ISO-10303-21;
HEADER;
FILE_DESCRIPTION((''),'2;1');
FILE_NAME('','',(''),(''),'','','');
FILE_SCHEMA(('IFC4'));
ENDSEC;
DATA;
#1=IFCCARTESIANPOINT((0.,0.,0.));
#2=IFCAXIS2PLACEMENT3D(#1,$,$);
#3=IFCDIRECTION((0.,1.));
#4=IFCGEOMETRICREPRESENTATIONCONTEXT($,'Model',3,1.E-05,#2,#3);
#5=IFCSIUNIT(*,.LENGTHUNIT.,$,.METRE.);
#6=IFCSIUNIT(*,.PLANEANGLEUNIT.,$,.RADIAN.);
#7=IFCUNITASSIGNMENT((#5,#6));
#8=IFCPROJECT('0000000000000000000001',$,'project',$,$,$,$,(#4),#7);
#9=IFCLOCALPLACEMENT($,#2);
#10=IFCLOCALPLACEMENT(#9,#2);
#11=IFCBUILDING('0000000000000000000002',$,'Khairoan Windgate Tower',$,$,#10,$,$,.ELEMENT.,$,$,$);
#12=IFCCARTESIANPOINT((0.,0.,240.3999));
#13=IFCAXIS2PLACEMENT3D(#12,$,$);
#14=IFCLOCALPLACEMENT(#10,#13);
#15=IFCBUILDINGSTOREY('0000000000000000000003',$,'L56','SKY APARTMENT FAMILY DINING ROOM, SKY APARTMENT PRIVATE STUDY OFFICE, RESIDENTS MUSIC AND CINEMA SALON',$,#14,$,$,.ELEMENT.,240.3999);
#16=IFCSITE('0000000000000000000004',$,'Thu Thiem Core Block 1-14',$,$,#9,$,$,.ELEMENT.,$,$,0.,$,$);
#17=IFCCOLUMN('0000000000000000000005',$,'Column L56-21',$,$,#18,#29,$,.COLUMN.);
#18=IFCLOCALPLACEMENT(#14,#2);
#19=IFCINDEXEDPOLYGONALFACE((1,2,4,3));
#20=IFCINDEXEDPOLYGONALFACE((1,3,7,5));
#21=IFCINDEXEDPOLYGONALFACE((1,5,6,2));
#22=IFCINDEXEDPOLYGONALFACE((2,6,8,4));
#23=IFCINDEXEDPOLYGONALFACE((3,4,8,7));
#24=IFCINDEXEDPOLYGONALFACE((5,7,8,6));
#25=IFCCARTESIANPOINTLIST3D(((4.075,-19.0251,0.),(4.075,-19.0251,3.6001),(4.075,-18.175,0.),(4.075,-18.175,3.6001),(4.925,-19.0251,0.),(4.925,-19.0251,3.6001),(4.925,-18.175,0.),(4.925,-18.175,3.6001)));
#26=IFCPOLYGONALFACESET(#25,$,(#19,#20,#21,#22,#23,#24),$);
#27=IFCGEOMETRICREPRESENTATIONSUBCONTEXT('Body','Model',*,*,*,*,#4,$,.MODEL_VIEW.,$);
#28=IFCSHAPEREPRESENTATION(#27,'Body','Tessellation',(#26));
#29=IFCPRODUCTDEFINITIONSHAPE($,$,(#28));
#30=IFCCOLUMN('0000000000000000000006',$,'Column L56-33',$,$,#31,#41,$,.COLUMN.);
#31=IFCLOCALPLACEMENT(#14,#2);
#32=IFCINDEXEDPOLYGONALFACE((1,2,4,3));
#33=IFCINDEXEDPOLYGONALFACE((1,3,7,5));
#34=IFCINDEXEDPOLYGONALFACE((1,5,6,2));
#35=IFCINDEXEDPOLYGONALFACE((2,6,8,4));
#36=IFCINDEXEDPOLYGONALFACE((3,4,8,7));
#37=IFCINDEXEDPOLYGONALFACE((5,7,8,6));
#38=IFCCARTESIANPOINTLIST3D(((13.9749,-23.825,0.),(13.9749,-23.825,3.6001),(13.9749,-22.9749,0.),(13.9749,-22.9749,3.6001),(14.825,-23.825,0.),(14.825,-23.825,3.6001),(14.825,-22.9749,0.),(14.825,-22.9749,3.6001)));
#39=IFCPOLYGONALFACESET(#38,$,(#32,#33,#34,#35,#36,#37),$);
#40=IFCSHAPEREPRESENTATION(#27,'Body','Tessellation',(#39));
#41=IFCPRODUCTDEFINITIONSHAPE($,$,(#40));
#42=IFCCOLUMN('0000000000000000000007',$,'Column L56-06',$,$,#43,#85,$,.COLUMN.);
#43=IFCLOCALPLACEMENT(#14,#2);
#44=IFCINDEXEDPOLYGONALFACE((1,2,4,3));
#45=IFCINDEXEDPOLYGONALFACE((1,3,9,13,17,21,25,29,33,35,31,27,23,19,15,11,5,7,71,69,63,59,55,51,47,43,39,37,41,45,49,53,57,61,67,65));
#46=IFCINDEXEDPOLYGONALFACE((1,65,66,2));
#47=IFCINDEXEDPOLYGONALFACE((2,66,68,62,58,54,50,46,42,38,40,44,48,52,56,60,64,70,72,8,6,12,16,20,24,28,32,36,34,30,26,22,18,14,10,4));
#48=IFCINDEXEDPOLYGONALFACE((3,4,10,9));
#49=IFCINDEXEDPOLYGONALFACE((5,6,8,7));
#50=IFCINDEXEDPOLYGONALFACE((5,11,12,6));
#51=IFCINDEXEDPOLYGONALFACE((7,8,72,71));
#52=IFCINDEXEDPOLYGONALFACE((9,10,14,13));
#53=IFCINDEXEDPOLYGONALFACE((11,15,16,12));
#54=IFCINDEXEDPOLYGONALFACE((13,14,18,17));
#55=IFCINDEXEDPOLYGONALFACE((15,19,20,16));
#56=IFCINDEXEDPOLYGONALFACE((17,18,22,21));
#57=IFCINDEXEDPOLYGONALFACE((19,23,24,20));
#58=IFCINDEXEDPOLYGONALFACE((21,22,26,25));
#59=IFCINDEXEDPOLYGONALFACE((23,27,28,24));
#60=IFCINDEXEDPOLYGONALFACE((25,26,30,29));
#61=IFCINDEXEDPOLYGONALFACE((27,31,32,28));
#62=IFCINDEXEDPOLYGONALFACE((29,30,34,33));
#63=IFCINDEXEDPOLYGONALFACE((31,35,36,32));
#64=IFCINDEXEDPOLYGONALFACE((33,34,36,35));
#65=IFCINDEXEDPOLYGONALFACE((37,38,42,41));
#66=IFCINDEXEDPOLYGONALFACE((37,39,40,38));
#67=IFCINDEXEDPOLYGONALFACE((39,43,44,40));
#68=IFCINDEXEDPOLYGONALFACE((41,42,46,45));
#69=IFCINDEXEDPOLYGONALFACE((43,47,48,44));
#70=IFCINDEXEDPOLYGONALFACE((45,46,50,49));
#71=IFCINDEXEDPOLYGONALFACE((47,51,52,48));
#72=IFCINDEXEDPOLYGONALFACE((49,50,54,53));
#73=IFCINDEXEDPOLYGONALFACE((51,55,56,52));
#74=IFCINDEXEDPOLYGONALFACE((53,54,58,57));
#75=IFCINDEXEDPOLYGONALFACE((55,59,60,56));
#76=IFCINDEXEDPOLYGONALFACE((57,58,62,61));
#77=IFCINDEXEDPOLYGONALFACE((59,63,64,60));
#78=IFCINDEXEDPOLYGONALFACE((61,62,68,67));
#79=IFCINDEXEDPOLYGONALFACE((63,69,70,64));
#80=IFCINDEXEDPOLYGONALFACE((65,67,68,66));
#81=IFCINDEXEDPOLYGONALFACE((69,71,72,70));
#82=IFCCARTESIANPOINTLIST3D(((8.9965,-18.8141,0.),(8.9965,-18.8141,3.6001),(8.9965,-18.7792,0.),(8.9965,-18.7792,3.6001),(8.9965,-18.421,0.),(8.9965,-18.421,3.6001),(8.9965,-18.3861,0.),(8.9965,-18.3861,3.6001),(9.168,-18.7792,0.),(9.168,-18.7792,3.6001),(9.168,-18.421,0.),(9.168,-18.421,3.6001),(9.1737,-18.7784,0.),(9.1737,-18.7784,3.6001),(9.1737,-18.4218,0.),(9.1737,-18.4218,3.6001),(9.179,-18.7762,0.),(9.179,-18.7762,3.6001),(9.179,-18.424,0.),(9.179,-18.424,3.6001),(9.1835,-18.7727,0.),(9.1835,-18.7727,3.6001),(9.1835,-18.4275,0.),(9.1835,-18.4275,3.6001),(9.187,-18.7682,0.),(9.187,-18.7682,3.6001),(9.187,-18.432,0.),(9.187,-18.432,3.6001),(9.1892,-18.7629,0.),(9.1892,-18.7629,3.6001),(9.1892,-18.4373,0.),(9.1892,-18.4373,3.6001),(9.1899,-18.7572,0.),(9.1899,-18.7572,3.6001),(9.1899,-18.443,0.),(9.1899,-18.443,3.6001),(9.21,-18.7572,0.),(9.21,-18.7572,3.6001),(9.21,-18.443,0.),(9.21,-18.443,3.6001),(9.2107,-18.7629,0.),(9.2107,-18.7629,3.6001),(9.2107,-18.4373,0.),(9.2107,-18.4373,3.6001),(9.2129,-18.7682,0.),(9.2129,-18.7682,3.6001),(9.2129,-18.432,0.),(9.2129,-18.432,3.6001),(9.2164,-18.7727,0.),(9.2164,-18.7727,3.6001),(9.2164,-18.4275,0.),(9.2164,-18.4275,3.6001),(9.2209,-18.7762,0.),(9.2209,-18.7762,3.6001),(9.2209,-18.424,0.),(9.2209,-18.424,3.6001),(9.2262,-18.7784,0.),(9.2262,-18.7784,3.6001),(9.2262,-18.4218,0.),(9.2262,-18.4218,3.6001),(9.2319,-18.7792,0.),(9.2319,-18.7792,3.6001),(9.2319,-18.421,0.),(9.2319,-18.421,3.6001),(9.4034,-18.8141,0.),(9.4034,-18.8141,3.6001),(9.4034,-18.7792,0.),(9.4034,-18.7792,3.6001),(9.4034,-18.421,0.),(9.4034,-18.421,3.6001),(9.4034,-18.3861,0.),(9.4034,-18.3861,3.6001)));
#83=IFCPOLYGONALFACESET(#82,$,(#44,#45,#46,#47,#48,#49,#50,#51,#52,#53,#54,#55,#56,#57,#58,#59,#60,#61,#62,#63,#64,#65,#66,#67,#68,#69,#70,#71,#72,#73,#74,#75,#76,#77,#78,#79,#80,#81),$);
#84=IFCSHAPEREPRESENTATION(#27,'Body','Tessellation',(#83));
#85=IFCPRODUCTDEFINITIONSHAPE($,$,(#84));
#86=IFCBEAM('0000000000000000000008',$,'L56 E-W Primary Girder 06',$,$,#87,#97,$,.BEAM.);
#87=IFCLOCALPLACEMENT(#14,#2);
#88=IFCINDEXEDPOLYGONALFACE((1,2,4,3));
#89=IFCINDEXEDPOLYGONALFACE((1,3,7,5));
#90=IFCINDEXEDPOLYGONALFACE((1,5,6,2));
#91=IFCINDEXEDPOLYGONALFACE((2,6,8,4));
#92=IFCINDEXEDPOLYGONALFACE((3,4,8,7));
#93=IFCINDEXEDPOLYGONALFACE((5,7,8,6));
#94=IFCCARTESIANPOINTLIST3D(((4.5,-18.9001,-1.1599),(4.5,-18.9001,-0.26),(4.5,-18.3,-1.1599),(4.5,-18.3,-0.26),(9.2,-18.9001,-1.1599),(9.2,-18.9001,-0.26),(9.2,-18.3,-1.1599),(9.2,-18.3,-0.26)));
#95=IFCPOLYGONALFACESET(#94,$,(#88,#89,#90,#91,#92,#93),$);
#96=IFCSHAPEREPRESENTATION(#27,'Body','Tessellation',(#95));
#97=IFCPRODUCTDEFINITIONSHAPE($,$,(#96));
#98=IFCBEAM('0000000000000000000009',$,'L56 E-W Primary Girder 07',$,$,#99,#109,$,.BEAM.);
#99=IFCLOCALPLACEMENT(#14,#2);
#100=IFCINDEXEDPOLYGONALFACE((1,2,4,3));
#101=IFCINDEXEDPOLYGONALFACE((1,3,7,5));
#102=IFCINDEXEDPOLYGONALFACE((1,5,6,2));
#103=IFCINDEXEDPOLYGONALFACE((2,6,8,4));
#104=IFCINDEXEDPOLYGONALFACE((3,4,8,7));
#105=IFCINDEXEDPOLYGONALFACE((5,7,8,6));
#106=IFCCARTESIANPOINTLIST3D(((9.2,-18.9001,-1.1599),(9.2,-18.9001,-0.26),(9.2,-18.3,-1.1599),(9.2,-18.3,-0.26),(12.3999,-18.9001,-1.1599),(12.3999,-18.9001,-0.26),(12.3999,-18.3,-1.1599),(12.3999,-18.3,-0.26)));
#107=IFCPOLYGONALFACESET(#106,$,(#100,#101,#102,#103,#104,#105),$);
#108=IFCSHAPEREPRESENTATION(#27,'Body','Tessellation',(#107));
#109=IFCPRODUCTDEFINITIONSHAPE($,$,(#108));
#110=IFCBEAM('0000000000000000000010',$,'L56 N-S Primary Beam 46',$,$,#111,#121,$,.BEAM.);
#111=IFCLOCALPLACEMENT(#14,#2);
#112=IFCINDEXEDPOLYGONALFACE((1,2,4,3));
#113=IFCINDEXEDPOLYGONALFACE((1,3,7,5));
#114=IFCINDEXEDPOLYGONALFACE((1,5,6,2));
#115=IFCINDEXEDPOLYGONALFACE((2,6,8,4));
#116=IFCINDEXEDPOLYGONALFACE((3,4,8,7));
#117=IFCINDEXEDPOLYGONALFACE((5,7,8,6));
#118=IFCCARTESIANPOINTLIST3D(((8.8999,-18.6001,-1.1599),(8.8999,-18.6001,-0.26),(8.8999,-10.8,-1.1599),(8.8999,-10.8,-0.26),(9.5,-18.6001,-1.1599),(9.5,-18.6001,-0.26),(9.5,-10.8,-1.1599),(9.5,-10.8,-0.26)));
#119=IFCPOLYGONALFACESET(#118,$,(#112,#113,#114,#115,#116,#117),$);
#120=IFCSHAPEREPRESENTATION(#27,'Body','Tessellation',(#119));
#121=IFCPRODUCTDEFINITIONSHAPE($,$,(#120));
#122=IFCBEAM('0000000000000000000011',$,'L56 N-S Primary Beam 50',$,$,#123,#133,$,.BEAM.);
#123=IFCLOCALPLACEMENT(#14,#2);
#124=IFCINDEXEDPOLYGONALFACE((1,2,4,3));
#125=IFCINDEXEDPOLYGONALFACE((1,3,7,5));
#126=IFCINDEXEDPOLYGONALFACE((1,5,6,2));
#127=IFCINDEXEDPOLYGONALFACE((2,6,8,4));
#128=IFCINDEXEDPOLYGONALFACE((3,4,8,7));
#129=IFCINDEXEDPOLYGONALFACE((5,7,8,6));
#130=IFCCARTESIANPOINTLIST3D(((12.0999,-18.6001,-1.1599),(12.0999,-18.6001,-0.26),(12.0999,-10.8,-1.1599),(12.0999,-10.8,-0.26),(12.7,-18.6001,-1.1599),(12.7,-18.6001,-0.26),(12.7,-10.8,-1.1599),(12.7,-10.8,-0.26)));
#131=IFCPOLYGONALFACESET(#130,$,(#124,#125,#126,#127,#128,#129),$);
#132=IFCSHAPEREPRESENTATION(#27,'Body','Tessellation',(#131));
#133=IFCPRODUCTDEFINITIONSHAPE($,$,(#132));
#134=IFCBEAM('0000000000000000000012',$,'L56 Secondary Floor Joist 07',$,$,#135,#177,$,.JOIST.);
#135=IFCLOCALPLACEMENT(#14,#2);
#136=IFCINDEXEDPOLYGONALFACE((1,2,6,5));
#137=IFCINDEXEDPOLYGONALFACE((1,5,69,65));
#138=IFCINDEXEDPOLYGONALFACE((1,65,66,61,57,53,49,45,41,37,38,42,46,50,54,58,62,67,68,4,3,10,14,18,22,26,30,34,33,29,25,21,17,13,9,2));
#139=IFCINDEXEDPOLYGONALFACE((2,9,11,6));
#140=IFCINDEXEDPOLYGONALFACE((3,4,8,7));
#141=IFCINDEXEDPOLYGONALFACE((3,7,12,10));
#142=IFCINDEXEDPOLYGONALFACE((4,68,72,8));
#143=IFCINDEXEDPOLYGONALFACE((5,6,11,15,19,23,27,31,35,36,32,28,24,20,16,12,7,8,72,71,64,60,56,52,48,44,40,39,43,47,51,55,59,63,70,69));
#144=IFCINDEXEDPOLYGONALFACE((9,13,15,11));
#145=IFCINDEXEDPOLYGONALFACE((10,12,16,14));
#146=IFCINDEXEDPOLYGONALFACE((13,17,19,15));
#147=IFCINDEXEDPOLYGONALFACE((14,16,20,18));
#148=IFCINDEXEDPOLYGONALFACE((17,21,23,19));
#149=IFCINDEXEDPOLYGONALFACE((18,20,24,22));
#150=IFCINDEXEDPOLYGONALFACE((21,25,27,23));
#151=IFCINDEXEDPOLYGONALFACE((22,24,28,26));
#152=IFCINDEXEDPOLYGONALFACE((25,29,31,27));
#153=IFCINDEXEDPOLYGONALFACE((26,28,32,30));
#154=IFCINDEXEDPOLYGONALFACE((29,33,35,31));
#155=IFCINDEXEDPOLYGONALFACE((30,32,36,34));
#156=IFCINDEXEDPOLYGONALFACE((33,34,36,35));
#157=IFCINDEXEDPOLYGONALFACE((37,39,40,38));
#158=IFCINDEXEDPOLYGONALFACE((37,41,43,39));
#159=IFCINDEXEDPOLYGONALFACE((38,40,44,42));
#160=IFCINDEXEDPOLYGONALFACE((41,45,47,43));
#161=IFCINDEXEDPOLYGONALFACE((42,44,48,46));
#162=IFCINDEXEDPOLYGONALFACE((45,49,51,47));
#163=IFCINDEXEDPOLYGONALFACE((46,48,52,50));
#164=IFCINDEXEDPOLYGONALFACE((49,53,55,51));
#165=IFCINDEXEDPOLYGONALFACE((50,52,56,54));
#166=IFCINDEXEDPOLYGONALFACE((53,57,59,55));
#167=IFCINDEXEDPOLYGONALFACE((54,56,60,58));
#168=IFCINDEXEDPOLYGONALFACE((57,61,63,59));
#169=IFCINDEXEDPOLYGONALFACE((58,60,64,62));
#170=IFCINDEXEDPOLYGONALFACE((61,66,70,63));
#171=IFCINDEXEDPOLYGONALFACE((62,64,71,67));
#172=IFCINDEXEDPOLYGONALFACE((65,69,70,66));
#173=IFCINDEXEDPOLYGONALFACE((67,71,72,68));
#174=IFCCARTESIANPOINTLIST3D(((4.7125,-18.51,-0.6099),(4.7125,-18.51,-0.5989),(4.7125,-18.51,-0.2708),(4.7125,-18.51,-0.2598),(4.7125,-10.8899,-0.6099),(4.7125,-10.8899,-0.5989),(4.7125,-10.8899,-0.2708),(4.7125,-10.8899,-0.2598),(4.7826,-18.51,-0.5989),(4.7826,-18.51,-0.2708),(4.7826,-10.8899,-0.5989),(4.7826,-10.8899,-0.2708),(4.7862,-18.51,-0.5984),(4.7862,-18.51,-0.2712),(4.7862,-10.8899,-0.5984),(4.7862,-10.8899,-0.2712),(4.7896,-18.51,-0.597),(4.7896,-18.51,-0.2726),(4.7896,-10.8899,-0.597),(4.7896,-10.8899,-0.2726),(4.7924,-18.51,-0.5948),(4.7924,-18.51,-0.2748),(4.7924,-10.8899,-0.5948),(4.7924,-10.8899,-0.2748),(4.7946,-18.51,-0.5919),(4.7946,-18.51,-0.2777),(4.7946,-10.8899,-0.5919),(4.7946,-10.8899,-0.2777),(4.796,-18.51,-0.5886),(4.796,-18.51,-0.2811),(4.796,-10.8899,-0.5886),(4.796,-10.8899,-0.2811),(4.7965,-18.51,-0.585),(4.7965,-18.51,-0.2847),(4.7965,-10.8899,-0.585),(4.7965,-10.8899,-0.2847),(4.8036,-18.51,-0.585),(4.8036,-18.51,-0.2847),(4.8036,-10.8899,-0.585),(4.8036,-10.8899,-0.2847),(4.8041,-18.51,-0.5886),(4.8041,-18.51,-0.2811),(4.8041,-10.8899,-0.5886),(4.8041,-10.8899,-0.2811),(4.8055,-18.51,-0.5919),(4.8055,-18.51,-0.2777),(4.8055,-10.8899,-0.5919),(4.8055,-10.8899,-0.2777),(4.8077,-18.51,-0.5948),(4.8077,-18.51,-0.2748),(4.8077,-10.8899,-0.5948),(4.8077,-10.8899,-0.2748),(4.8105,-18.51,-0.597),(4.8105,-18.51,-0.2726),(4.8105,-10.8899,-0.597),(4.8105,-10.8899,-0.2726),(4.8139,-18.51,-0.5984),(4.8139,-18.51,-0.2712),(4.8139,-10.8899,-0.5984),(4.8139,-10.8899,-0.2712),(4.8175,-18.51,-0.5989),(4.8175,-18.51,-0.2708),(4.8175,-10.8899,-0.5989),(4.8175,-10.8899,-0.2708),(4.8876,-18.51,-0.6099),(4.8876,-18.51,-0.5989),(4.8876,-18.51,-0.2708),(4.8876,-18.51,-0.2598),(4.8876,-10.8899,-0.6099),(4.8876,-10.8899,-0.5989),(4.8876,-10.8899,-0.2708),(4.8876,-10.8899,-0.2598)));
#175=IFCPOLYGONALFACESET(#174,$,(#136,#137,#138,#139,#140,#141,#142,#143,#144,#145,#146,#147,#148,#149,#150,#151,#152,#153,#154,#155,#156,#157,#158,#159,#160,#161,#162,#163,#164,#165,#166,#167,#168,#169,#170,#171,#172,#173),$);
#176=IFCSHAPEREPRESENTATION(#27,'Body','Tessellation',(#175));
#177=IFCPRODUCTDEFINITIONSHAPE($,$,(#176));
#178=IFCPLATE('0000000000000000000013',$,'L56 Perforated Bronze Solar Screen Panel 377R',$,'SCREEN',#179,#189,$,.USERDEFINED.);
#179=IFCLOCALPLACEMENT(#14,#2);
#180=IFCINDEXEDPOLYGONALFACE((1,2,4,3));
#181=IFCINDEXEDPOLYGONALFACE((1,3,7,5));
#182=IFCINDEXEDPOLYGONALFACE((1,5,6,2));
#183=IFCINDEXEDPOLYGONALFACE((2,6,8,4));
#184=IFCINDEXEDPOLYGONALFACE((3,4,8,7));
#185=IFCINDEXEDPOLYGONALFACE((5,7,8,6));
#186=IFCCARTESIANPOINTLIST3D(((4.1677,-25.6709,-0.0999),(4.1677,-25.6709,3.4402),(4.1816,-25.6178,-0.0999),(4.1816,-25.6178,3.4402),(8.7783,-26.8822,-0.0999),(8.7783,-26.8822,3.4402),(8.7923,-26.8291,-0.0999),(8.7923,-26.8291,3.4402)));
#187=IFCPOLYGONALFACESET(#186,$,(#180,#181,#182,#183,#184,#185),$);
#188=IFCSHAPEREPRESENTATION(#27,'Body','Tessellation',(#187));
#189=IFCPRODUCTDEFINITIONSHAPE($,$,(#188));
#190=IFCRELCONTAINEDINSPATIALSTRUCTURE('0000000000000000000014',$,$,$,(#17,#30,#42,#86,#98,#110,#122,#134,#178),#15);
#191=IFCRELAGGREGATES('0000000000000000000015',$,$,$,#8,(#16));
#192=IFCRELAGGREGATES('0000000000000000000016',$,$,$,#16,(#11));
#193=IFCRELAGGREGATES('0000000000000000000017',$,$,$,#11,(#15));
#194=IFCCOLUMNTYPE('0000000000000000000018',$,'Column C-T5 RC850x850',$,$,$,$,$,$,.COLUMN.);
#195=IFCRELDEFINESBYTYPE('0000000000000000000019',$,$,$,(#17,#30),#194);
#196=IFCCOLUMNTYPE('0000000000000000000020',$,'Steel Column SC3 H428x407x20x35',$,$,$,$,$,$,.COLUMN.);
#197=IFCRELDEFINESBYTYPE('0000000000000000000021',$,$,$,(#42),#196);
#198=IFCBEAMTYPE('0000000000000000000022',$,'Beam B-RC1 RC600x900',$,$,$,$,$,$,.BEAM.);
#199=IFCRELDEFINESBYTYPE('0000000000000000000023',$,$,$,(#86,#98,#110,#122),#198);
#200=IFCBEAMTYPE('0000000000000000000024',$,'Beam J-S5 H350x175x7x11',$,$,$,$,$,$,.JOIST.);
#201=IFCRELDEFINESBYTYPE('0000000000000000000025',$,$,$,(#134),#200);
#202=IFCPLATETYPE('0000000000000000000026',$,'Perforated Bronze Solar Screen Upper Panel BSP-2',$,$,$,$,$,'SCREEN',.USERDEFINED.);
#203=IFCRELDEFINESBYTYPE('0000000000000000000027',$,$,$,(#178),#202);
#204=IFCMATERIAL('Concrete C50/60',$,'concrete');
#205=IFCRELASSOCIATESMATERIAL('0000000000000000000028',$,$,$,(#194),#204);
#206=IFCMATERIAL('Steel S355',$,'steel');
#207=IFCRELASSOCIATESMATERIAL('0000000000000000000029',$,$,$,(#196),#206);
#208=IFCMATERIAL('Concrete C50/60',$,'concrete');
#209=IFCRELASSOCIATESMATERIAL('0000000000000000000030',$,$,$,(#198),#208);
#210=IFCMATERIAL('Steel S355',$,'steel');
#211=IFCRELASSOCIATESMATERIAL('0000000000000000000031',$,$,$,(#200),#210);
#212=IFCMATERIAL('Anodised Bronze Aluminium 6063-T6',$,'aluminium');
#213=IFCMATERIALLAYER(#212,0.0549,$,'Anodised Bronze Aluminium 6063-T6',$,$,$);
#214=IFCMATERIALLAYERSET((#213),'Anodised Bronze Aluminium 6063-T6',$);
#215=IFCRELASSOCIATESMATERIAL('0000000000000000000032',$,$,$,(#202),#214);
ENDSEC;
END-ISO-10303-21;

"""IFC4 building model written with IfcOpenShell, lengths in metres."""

from ifc_helpers import new_model, si_unit, direction, frame, origin, origin_2d, place, context, subcontext, project, spatial, rectangle, i_section, extrude, material, layer, layer_set, material_profile, profile_set, type_object, element, save


model = new_model("IFC4")

# Units and contexts
model_context = context("Model", 3, precision=1e-05, world=origin(), true_north=direction((0.0, 1.0)))
body_context = subcontext(model_context, "Body", "Model", "MODEL_VIEW")
ifc_project = project(units=[si_unit("LENGTHUNIT", "METRE"), si_unit("PLANEANGLEUNIT", "RADIAN")], contexts=[model_context])

# Site, building, storey
site_placement = place(None, origin())
site = spatial("IfcSite", under=ifc_project, at=site_placement, Name="Thu Thiem Core Block 1-14", CompositionType="ELEMENT", RefElevation=0.0)
building_placement = place(site_placement, origin())
building = spatial("IfcBuilding", under=site, at=building_placement, Name="Khairoan Windgate Tower", CompositionType="ELEMENT")
storey_placement = place(building_placement, frame((0.0, 0.0, 240.3999)))
storey = spatial("IfcBuildingStorey", under=building, at=storey_placement, Name="L56", Description="SKY APARTMENT FAMILY DINING ROOM, SKY APARTMENT PRIVATE STUDY OFFICE, RESIDENTS MUSIC AND CINEMA SALON", CompositionType="ELEMENT", Elevation=240.3999)

# Columns
ifc_material_1 = material(Name="Concrete C50/60", Category="concrete")
ifc_material_profile_1 = material_profile(ifc_material_1, rectangle(XDim=0.8501, YDim=0.8501, at=origin_2d()))
ifc_profile_set_1 = profile_set([ifc_material_profile_1], Name="Concrete C50/60")
column_type_1 = type_object("IfcColumnType", Name="Column C-T5 RC850x850", PredefinedType="COLUMN", material=ifc_profile_set_1)
for number, where, z_axis, x_axis, name in (
    (1, (4.5, -18.6001, 0.0), (0.0, 0.0, 1.0), (1.0, 0.0, 0.0), "Column L56-21"),
    (2, (14.3999, -23.3999, 0.0), (0.0, 0.0, 1.0), (1.0, 0.0, 0.0), "Column L56-33"),
):
    element("IfcColumn", number, at=place(storey_placement, frame(where, z_axis=z_axis, x_axis=x_axis)), inside=storey, type_object=column_type_1, Name=name, PredefinedType="COLUMN", context=body_context, shape_type="SweptSolid", body=[
        extrude(rectangle(XDim=0.8501, YDim=0.8501, at=origin_2d()), origin(), (0.0, 0.0, 1.0), 3.6001),
    ])
ifc_material_2 = material(Name="Steel S355", Category="steel")
ifc_material_profile_2 = material_profile(ifc_material_2, i_section(OverallWidth=0.407, OverallDepth=0.428, WebThickness=0.02, FlangeThickness=0.0349, FilletRadius=0.022, at=origin_2d()))
ifc_profile_set_2 = profile_set([ifc_material_profile_2], Name="Steel S355")
column_type_2 = type_object("IfcColumnType", Name="Steel Column SC3 H428x407x20x35", PredefinedType="COLUMN", material=ifc_profile_set_2)
column_placement = place(storey_placement, frame((9.2, -18.6001, 0.0), z_axis=(0.0, 0.0, 1.0), x_axis=(1.0, 0.0, 0.0)))
element("IfcColumn", 3, at=column_placement, inside=storey, type_object=column_type_2, Name="Column L56-06", PredefinedType="COLUMN", context=body_context, shape_type="SweptSolid", body=[
    extrude(i_section(OverallWidth=0.407, OverallDepth=0.428, WebThickness=0.02, FlangeThickness=0.0349, FilletRadius=0.022, at=origin_2d()), origin(), (0.0, 0.0, 1.0), 3.6001),
])

# Beams
ifc_material_3 = material(Name="Concrete C50/60", Category="concrete")
ifc_material_profile_3 = material_profile(ifc_material_3, rectangle(XDim=0.6001, YDim=0.8999, at=origin_2d()))
ifc_profile_set_3 = profile_set([ifc_material_profile_3], Name="Concrete C50/60")
beam_type_1 = type_object("IfcBeamType", Name="Beam B-RC1 RC600x900", PredefinedType="BEAM", material=ifc_profile_set_3)
beam_1_placement = place(storey_placement, frame((4.5, -18.6001, -0.71), z_axis=(1.0, 0.0, 0.0), x_axis=(0.0, 1.0, 0.0)))
element("IfcBeam", 4, at=beam_1_placement, inside=storey, type_object=beam_type_1, Name="L56 E-W Primary Girder 06", PredefinedType="BEAM", context=body_context, shape_type="SweptSolid", body=[
    extrude(rectangle(XDim=0.6001, YDim=0.8999, at=origin_2d()), origin(), (0.0, 0.0, 1.0), 4.7),
])
beam_2_placement = place(storey_placement, frame((9.2, -18.6001, -0.71), z_axis=(1.0, 0.0, 0.0), x_axis=(0.0, 1.0, 0.0)))
element("IfcBeam", 5, at=beam_2_placement, inside=storey, type_object=beam_type_1, Name="L56 E-W Primary Girder 07", PredefinedType="BEAM", context=body_context, shape_type="SweptSolid", body=[
    extrude(rectangle(XDim=0.6001, YDim=0.8999, at=origin_2d()), origin(), (0.0, 0.0, 1.0), 3.2),
])
for number, where, z_axis, x_axis, name in (
    (6, (9.2, -18.6001, -0.71), (0.0, 1.0, 0.0), (-1.0, 0.0, 0.0), "L56 N-S Primary Beam 46"),
    (7, (12.3999, -18.6001, -0.71), (0.0, 1.0, 0.0), (-1.0, 0.0, 0.0), "L56 N-S Primary Beam 50"),
):
    element("IfcBeam", number, at=place(storey_placement, frame(where, z_axis=z_axis, x_axis=x_axis)), inside=storey, type_object=beam_type_1, Name=name, PredefinedType="BEAM", context=body_context, shape_type="SweptSolid", body=[
        extrude(rectangle(XDim=0.6001, YDim=0.8999, at=origin_2d()), origin(), (0.0, 0.0, 1.0), 7.8),
    ])
ifc_material_4 = material(Name="Steel S355", Category="steel")
ifc_material_profile_4 = material_profile(ifc_material_4, i_section(OverallWidth=0.175, OverallDepth=0.3501, WebThickness=0.0071, FlangeThickness=0.011, FilletRadius=0.0139, at=origin_2d()))
ifc_profile_set_4 = profile_set([ifc_material_profile_4], Name="Steel S355")
beam_type_2 = type_object("IfcBeamType", Name="Beam J-S5 H350x175x7x11", PredefinedType="JOIST", material=ifc_profile_set_4)
beam_3_placement = place(storey_placement, frame((4.8, -18.51, -0.4348), z_axis=(0.0, 1.0, 0.0), x_axis=(-1.0, 0.0, 0.0)))
element("IfcBeam", 8, at=beam_3_placement, inside=storey, type_object=beam_type_2, Name="L56 Secondary Floor Joist 07", PredefinedType="JOIST", context=body_context, shape_type="SweptSolid", body=[
    extrude(i_section(OverallWidth=0.175, OverallDepth=0.3501, WebThickness=0.0071, FlangeThickness=0.011, FilletRadius=0.0139, at=origin_2d()), origin(), (0.0, 0.0, 1.0), 7.6201),
])

# Plate
ifc_material_5 = material(Name="Anodised Bronze Aluminium 6063-T6", Category="aluminium")
ifc_layer_1 = layer(ifc_material_5, 0.0549, Name="Anodised Bronze Aluminium 6063-T6")
ifc_layer_set_1 = layer_set([ifc_layer_1], Name="Anodised Bronze Aluminium 6063-T6")
plate_type = type_object("IfcPlateType", Name="Perforated Bronze Solar Screen Upper Panel BSP-2", ElementType="SCREEN", PredefinedType="USERDEFINED", material=ifc_layer_set_1)
plate_placement = place(storey_placement, frame((6.48, -26.25, -0.0999), z_axis=(0.0, 0.0, 1.0), x_axis=(-0.967179, 0.254096, 0.0)))
element("IfcPlate", 9, at=plate_placement, inside=storey, type_object=plate_type, Name="L56 Perforated Bronze Solar Screen Panel 377R", ObjectType="SCREEN", PredefinedType="USERDEFINED", context=body_context, shape_type="SweptSolid", body=[
    extrude(rectangle(XDim=4.7671, YDim=0.0549, at=origin_2d()), origin(), (0.0, 0.0, 1.0), 3.54),
])

save(model, "model.ifc")
